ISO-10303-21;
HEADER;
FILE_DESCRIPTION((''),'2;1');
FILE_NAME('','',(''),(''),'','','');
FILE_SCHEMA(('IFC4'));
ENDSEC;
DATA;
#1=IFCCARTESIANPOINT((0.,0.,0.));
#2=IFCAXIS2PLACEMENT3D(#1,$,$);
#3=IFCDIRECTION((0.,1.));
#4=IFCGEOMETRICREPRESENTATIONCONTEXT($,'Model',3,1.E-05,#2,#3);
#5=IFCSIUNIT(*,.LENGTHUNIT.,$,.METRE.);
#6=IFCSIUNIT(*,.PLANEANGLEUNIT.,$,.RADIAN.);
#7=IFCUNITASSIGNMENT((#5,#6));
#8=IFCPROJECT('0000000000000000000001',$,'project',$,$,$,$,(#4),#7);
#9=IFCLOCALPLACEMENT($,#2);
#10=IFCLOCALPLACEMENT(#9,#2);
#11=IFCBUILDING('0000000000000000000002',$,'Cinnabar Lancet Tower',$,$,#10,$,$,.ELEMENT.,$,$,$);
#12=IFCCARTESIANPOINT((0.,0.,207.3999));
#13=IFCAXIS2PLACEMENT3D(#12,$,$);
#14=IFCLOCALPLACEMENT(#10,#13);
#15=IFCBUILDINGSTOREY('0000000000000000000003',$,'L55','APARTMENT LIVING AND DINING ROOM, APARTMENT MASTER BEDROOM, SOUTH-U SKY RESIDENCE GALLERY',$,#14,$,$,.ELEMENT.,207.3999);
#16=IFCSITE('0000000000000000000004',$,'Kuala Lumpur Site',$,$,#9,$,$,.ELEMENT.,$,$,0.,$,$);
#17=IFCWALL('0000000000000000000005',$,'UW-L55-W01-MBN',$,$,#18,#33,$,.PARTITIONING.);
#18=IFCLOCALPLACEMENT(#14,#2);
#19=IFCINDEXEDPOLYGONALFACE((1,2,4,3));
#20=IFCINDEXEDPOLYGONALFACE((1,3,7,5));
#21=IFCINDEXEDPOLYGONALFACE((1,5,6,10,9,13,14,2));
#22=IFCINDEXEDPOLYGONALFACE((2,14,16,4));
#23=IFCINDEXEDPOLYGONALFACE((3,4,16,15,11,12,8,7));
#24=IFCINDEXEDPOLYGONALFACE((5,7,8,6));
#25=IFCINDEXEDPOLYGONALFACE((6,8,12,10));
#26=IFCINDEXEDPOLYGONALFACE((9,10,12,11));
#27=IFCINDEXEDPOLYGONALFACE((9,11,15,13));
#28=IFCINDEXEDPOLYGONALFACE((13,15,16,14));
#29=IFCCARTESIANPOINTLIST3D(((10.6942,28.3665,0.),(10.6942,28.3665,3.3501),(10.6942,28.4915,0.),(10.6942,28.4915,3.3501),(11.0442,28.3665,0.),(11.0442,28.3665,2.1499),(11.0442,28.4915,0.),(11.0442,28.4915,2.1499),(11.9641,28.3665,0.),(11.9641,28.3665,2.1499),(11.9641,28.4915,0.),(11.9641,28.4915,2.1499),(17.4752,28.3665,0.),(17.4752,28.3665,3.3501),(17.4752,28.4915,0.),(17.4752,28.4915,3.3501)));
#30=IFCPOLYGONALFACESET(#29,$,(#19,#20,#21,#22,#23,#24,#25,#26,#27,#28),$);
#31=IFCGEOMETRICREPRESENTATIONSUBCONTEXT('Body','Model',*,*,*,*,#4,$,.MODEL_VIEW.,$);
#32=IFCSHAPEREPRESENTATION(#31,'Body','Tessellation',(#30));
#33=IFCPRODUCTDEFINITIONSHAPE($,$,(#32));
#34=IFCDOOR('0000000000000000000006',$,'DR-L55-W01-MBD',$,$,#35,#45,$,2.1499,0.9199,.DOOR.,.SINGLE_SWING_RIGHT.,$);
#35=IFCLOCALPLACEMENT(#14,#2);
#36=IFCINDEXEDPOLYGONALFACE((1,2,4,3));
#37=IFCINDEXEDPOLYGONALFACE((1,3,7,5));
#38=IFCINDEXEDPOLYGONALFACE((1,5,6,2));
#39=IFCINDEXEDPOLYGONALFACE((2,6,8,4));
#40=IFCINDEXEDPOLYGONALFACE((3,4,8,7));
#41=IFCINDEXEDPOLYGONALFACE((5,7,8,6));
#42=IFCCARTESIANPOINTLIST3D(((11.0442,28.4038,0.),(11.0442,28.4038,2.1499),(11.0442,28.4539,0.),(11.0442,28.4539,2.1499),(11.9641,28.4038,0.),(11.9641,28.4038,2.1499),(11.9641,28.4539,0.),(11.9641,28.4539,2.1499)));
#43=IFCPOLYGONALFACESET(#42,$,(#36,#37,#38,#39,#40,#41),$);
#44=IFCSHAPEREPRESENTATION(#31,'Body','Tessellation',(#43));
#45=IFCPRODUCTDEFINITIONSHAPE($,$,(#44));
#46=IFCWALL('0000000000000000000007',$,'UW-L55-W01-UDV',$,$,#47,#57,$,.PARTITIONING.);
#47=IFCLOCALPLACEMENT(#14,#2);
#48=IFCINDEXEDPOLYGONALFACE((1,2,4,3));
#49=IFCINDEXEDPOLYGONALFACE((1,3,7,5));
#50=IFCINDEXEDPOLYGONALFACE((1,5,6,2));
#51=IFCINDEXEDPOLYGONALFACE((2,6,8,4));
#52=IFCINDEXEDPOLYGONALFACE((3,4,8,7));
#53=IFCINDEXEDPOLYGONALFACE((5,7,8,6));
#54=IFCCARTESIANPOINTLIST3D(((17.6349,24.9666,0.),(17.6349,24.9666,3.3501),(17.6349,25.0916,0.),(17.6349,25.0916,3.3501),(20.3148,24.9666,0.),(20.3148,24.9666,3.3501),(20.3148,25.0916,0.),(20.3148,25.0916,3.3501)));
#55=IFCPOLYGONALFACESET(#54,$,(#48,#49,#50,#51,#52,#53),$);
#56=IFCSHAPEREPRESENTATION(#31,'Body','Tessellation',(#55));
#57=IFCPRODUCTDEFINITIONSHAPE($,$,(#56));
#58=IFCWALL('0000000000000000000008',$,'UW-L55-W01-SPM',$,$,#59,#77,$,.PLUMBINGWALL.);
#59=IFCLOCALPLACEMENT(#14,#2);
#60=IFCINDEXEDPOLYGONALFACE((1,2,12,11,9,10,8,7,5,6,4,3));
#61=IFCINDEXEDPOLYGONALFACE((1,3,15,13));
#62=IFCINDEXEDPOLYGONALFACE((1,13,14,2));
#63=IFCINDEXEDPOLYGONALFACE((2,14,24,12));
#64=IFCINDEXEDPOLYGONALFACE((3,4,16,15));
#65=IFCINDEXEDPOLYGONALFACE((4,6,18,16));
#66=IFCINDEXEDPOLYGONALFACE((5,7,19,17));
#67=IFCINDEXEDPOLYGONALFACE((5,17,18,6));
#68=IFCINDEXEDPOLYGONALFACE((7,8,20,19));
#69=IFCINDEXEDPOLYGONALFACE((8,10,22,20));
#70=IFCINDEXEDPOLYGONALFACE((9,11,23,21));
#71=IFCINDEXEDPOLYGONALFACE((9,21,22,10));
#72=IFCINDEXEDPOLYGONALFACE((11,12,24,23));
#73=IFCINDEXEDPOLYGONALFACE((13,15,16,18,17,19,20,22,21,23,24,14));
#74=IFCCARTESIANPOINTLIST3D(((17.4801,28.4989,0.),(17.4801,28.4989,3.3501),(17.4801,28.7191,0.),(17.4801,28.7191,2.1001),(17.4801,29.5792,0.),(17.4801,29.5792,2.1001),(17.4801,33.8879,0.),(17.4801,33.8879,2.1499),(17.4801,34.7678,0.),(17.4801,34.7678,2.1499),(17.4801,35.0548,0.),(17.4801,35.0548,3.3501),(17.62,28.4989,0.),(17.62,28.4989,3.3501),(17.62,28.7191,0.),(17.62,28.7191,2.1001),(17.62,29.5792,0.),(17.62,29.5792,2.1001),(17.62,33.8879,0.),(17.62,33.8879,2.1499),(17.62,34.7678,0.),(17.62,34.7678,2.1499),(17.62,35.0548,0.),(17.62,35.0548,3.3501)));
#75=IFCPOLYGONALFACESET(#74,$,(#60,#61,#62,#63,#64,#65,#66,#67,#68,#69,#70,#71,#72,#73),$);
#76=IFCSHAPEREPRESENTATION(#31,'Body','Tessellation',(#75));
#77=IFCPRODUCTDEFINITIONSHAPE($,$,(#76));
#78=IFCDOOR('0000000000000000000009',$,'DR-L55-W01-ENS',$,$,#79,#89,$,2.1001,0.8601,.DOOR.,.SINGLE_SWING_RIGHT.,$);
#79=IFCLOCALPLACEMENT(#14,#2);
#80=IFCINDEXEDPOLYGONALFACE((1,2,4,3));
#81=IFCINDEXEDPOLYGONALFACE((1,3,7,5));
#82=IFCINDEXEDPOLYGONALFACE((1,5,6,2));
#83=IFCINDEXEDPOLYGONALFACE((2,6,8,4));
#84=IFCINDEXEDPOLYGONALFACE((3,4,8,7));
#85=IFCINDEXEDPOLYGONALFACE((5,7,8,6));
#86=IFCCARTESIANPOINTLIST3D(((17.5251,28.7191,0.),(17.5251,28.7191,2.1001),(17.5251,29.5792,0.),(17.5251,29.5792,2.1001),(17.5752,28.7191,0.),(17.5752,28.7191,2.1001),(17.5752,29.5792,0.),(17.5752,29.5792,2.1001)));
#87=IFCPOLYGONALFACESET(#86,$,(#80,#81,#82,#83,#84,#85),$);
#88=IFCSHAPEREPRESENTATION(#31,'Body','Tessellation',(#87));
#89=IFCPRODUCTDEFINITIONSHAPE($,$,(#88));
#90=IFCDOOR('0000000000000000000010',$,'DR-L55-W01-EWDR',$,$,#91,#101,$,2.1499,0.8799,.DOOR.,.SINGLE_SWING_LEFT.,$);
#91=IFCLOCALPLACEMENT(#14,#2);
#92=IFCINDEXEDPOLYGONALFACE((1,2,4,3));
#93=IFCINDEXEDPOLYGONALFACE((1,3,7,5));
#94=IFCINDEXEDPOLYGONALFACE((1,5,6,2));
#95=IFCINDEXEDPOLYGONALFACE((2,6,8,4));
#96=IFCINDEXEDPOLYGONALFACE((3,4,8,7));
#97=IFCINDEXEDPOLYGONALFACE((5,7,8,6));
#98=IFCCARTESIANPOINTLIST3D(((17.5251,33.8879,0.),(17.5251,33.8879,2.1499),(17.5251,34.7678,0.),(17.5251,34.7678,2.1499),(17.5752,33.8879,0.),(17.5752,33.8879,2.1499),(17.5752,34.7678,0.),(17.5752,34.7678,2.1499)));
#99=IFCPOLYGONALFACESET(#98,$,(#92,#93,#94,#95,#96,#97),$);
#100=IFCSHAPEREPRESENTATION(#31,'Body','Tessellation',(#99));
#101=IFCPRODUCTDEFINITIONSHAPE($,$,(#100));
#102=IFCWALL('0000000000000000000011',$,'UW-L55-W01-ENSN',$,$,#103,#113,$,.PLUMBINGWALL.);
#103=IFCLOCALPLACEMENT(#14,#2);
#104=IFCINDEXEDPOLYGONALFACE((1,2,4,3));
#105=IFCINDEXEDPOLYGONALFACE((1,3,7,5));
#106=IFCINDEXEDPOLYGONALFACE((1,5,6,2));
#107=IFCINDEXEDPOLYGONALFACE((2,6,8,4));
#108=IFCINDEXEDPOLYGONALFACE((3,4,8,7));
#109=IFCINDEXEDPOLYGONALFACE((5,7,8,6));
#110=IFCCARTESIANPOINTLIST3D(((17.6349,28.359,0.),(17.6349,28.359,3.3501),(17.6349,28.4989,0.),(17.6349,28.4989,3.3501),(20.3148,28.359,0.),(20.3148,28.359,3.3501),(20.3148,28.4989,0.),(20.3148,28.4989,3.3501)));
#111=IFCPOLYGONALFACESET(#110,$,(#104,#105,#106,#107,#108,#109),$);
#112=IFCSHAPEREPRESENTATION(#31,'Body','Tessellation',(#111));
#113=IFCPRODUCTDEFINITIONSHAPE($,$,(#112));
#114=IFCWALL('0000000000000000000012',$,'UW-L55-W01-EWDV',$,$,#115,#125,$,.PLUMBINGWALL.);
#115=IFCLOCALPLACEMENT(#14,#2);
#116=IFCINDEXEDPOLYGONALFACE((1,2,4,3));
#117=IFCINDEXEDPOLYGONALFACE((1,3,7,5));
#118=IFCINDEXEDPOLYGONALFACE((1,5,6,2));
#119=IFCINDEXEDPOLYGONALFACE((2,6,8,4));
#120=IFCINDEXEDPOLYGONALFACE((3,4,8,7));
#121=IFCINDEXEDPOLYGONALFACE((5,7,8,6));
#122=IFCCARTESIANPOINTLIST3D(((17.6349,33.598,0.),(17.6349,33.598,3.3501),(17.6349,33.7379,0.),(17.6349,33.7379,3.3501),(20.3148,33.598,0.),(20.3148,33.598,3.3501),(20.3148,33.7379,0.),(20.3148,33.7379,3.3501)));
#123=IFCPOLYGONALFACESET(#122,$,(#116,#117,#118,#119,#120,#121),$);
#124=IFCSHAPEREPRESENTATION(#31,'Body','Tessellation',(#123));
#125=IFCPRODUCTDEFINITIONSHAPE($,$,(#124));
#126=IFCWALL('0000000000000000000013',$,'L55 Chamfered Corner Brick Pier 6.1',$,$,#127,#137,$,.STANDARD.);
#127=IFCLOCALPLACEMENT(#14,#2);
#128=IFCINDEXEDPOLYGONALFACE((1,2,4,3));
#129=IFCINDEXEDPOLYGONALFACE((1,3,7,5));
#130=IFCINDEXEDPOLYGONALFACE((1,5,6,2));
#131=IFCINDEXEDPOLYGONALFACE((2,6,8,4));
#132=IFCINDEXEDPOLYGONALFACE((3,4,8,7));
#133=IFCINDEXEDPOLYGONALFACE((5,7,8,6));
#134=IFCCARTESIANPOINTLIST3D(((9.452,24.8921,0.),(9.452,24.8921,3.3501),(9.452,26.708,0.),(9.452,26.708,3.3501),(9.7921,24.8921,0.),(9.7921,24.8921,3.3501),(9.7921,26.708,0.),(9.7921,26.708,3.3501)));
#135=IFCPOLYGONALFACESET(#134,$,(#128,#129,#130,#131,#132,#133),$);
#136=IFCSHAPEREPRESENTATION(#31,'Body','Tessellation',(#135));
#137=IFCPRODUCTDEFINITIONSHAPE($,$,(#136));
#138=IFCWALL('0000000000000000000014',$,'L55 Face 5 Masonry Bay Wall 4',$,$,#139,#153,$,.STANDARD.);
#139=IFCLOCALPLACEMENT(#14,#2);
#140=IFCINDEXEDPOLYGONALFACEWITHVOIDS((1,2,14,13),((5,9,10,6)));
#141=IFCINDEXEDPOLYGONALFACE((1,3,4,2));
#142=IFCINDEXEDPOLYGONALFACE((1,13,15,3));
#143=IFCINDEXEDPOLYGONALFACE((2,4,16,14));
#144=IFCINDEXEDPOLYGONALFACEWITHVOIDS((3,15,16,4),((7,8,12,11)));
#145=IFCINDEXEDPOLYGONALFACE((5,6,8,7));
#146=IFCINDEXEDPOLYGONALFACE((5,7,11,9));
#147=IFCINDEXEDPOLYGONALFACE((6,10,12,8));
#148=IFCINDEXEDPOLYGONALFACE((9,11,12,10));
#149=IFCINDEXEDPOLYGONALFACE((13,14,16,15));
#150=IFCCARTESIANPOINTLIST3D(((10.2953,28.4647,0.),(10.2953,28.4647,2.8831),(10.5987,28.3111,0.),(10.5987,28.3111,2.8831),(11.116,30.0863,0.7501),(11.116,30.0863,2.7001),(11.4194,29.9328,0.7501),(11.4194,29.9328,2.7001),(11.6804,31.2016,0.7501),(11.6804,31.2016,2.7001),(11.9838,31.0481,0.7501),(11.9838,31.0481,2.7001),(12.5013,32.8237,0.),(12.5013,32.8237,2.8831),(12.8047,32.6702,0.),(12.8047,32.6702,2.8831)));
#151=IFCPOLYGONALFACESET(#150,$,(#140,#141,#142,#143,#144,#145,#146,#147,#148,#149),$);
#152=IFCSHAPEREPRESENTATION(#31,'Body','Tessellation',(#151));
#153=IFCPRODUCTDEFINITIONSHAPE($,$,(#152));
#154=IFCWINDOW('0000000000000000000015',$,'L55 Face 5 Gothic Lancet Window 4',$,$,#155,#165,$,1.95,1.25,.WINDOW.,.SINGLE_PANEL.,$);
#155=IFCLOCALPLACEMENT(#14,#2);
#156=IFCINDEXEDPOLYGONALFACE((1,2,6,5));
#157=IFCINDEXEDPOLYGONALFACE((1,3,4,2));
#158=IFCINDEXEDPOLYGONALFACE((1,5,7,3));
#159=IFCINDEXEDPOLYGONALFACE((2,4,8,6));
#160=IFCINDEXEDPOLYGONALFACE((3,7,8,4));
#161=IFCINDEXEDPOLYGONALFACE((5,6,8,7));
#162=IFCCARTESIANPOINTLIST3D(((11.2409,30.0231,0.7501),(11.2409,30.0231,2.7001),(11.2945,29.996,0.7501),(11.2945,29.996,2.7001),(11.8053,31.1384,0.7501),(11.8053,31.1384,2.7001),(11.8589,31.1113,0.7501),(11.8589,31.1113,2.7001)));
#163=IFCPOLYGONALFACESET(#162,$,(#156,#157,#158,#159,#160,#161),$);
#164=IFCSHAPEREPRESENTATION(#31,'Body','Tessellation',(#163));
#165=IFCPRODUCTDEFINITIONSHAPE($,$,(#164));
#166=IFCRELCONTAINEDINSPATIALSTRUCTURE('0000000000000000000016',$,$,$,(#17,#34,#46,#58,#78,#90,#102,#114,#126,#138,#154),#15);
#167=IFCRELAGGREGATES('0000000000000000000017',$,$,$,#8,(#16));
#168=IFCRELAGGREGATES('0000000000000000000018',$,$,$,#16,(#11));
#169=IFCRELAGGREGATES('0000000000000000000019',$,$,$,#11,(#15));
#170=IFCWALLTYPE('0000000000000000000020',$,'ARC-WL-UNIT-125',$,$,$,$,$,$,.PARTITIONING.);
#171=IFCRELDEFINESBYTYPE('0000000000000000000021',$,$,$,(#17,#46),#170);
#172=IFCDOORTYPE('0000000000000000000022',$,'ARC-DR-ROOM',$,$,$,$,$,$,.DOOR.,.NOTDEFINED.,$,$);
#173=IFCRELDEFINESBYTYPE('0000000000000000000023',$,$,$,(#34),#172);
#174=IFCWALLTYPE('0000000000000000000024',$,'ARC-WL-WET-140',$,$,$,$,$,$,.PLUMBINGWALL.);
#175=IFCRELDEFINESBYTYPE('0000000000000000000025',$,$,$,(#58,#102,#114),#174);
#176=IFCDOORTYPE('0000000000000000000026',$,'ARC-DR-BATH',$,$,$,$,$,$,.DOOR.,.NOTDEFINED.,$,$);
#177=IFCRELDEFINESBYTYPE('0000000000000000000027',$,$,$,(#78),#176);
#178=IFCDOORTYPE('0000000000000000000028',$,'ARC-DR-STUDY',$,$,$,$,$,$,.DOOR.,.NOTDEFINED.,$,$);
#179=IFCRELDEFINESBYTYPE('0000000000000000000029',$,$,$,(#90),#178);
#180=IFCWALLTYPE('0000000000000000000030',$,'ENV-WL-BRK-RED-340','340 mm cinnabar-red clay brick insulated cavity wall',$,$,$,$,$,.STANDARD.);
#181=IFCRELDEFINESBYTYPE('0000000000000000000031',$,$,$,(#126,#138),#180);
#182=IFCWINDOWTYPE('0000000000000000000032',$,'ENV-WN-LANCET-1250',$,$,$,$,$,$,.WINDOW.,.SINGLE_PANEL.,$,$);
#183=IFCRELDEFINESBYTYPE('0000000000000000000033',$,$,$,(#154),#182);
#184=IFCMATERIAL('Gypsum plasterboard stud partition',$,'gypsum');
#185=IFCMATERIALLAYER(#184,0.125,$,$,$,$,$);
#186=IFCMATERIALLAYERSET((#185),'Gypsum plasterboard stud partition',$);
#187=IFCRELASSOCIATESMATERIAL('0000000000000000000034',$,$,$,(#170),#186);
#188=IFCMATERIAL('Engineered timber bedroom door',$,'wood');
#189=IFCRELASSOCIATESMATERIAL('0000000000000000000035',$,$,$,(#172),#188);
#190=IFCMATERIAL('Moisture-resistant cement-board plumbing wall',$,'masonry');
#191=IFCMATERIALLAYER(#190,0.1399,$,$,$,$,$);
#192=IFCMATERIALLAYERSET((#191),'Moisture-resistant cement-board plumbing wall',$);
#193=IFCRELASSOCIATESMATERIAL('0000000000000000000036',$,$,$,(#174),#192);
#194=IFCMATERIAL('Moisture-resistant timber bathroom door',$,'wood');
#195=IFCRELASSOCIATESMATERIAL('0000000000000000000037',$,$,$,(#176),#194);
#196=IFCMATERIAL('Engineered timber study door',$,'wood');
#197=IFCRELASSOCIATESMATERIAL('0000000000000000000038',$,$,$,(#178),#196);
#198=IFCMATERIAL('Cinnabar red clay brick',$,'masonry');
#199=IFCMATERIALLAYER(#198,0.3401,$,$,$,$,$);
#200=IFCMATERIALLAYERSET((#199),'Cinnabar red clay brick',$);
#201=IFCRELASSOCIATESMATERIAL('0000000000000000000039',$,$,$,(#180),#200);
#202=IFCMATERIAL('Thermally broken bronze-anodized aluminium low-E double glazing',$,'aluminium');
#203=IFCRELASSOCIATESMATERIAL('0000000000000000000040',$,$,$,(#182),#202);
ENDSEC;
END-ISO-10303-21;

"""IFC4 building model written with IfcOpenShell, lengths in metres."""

from ifc_helpers import new_model, si_unit, direction, frame, frame_2d, origin, place, context, subcontext, project, spatial, rectangle, extrude, material, layer, layer_set, type_object, element, fill, save


model = new_model("IFC4")

# Units and contexts
model_context = context("Model", 3, precision=1e-05, world=origin(), true_north=direction((0.0, 1.0)))
body_context = subcontext(model_context, "Body", "Model", "MODEL_VIEW")
ifc_project = project(units=[si_unit("LENGTHUNIT", "METRE"), si_unit("PLANEANGLEUNIT", "RADIAN")], contexts=[model_context])

# Site, building, storey
site_placement = place(None, origin())
site = spatial("IfcSite", under=ifc_project, at=site_placement, Name="Kuala Lumpur Site", CompositionType="ELEMENT", RefElevation=0.0)
building_placement = place(site_placement, origin())
building = spatial("IfcBuilding", under=site, at=building_placement, Name="Cinnabar Lancet Tower", CompositionType="ELEMENT")
storey_placement = place(building_placement, frame((0.0, 0.0, 207.3999)))
storey = spatial("IfcBuildingStorey", under=building, at=storey_placement, Name="L55", Description="APARTMENT LIVING AND DINING ROOM, APARTMENT MASTER BEDROOM, SOUTH-U SKY RESIDENCE GALLERY", CompositionType="ELEMENT", Elevation=207.3999)

# Wall, opening, door
ifc_material_1 = material(Name="Gypsum plasterboard stud partition", Category="gypsum")
ifc_layer_1 = layer(ifc_material_1, 0.125)
ifc_layer_set_1 = layer_set([ifc_layer_1], Name="Gypsum plasterboard stud partition")
wall_type_1 = type_object("IfcWallType", Name="ARC-WL-UNIT-125", PredefinedType="PARTITIONING", material=ifc_layer_set_1)
wall_1_placement = place(storey_placement, frame((10.6941, 28.429, 0.0), z_axis=(0.0, 0.0, 1.0), x_axis=(1.0, 0.0, 0.0)))
wall_1 = element("IfcWall", 1, at=wall_1_placement, inside=storey, type_object=wall_type_1, Name="UW-L55-W01-MBN", PredefinedType="PARTITIONING", context=body_context, shape_type="SweptSolid", body=[
    extrude(rectangle(XDim=6.781, YDim=0.125, at=frame_2d((3.3906, 0.0))), origin(), (0.0, 0.0, 1.0), 3.3501),
])
opening_1_placement = place(wall_1_placement, frame((0.3501, 0.0, 0.0)))
opening_1 = element("IfcOpeningElement", 2, at=opening_1_placement, cuts=wall_1, PredefinedType="OPENING", context=body_context, shape_type="SweptSolid", body=[
    extrude(rectangle(XDim=0.9199, YDim=2.1499, at=frame_2d((0.46, 1.075))), frame((0.0, 0.0725, 0.0), z_axis=(0.0, -1.0, 0.0), x_axis=(1.0, 0.0, 0.0)), (0.0, 0.0, 1.0), 0.145),
])
ifc_material_2 = material(Name="Engineered timber bedroom door", Category="wood")
door_type_1 = type_object("IfcDoorType", Name="ARC-DR-ROOM", OperationType="NOTDEFINED", PredefinedType="DOOR", material=ifc_material_2)
door_1_placement = place(opening_1_placement, origin())
door_1 = element("IfcDoor", 3, at=door_1_placement, inside=storey, type_object=door_type_1, Name="DR-L55-W01-MBD", OperationType="SINGLE_SWING_RIGHT", OverallHeight=2.1499, OverallWidth=0.9199, PredefinedType="DOOR", context=body_context, shape_type="SweptSolid", body=[
    extrude(rectangle(XDim=0.9199, YDim=2.1499, at=frame_2d((0.46, 1.075))), frame((0.0, 0.0249, 0.0), z_axis=(0.0, -1.0, 0.0), x_axis=(1.0, 0.0, 0.0)), (0.0, 0.0, 1.0), 0.05),
])
fill(opening_1, door_1)

# Wall
wall_2_placement = place(storey_placement, frame((17.635, 25.0291, 0.0), z_axis=(0.0, 0.0, 1.0), x_axis=(1.0, 0.0, 0.0)))
element("IfcWall", 4, at=wall_2_placement, inside=storey, type_object=wall_type_1, Name="UW-L55-W01-UDV", PredefinedType="PARTITIONING", context=body_context, shape_type="SweptSolid", body=[
    extrude(rectangle(XDim=2.6799, YDim=0.125, at=frame_2d((1.3398, 0.0))), origin(), (0.0, 0.0, 1.0), 3.3501),
])

# Wall, openings, doors
ifc_material_3 = material(Name="Moisture-resistant cement-board plumbing wall", Category="masonry")
ifc_layer_2 = layer(ifc_material_3, 0.1399)
ifc_layer_set_2 = layer_set([ifc_layer_2], Name="Moisture-resistant cement-board plumbing wall")
wall_type_2 = type_object("IfcWallType", Name="ARC-WL-WET-140", PredefinedType="PLUMBINGWALL", material=ifc_layer_set_2)
wall_3_placement = place(storey_placement, frame((17.55, 28.499, 0.0), z_axis=(0.0, 0.0, 1.0), x_axis=(0.0, 1.0, 0.0)))
wall_3 = element("IfcWall", 5, at=wall_3_placement, inside=storey, type_object=wall_type_2, Name="UW-L55-W01-SPM", PredefinedType="PLUMBINGWALL", context=body_context, shape_type="SweptSolid", body=[
    extrude(rectangle(XDim=6.5559, YDim=0.1399, at=frame_2d((3.2778, 0.0))), origin(), (0.0, 0.0, 1.0), 3.3501),
])
opening_2_placement = place(wall_3_placement, frame((0.22, 0.0, 0.0)))
opening_2 = element("IfcOpeningElement", 6, at=opening_2_placement, cuts=wall_3, PredefinedType="OPENING", context=body_context, shape_type="SweptSolid", body=[
    extrude(rectangle(XDim=0.8601, YDim=2.1001, at=frame_2d((0.4302, 1.05))), frame((0.0, 0.0798, 0.0), z_axis=(0.0, -1.0, 0.0), x_axis=(1.0, 0.0, 0.0)), (0.0, 0.0, 1.0), 0.1599),
])
opening_3_placement = place(wall_3_placement, frame((5.3889, 0.0, 0.0)))
opening_3 = element("IfcOpeningElement", 7, at=opening_3_placement, cuts=wall_3, PredefinedType="OPENING", context=body_context, shape_type="SweptSolid", body=[
    extrude(rectangle(XDim=0.8799, YDim=2.1499, at=frame_2d((0.4399, 1.075))), frame((0.0, 0.0798, 0.0), z_axis=(0.0, -1.0, 0.0), x_axis=(1.0, 0.0, 0.0)), (0.0, 0.0, 1.0), 0.1599),
])
ifc_material_4 = material(Name="Moisture-resistant timber bathroom door", Category="wood")
door_type_2 = type_object("IfcDoorType", Name="ARC-DR-BATH", OperationType="NOTDEFINED", PredefinedType="DOOR", material=ifc_material_4)
door_2_placement = place(opening_2_placement, origin())
door_2 = element("IfcDoor", 8, at=door_2_placement, inside=storey, type_object=door_type_2, Name="DR-L55-W01-ENS", OperationType="SINGLE_SWING_RIGHT", OverallHeight=2.1001, OverallWidth=0.8601, PredefinedType="DOOR", context=body_context, shape_type="SweptSolid", body=[
    extrude(rectangle(XDim=0.8601, YDim=2.1001, at=frame_2d((0.4302, 1.05))), frame((0.0, 0.0249, 0.0), z_axis=(0.0, -1.0, 0.0), x_axis=(1.0, 0.0, 0.0)), (0.0, 0.0, 1.0), 0.05),
])
fill(opening_2, door_2)
ifc_material_5 = material(Name="Engineered timber study door", Category="wood")
door_type_3 = type_object("IfcDoorType", Name="ARC-DR-STUDY", OperationType="NOTDEFINED", PredefinedType="DOOR", material=ifc_material_5)
door_3_placement = place(opening_3_placement, origin())
door_3 = element("IfcDoor", 9, at=door_3_placement, inside=storey, type_object=door_type_3, Name="DR-L55-W01-EWDR", OperationType="SINGLE_SWING_LEFT", OverallHeight=2.1499, OverallWidth=0.8799, PredefinedType="DOOR", context=body_context, shape_type="SweptSolid", body=[
    extrude(rectangle(XDim=0.8799, YDim=2.1499, at=frame_2d((0.4399, 1.075))), frame((0.0, 0.0249, 0.0), z_axis=(0.0, -1.0, 0.0), x_axis=(1.0, 0.0, 0.0)), (0.0, 0.0, 1.0), 0.05),
])
fill(opening_3, door_3)

# Walls
for number, where, z_axis, x_axis, name in (
    (10, (17.635, 28.429, 0.0), (0.0, 0.0, 1.0), (1.0, 0.0, 0.0), "UW-L55-W01-ENSN"),
    (11, (17.635, 33.668, 0.0), (0.0, 0.0, 1.0), (1.0, 0.0, 0.0), "UW-L55-W01-EWDV"),
):
    element("IfcWall", number, at=place(storey_placement, frame(where, z_axis=z_axis, x_axis=x_axis)), inside=storey, type_object=wall_type_2, Name=name, PredefinedType="PLUMBINGWALL", context=body_context, shape_type="SweptSolid", body=[
        extrude(rectangle(XDim=2.6799, YDim=0.1399, at=frame_2d((1.3398, 0.0))), origin(), (0.0, 0.0, 1.0), 3.3501),
    ])
ifc_material_6 = material(Name="Cinnabar red clay brick", Category="masonry")
ifc_layer_3 = layer(ifc_material_6, 0.3401)
ifc_layer_set_3 = layer_set([ifc_layer_3], Name="Cinnabar red clay brick")
wall_type_3 = type_object("IfcWallType", Name="ENV-WL-BRK-RED-340", Description="340 mm cinnabar-red clay brick insulated cavity wall", PredefinedType="STANDARD", material=ifc_layer_set_3)
wall_4_placement = place(storey_placement, frame((9.6221, 26.708, 0.0), z_axis=(0.0, 0.0, 1.0), x_axis=(0.0, -1.0, 0.0)))
element("IfcWall", 12, at=wall_4_placement, inside=storey, type_object=wall_type_3, Name="L55 Chamfered Corner Brick Pier 6.1", PredefinedType="STANDARD", context=body_context, shape_type="SweptSolid", body=[
    extrude(rectangle(XDim=1.8159, YDim=0.3401, at=frame_2d((0.908, 0.0))), origin(), (0.0, 0.0, 1.0), 3.3501),
])

# Wall, opening, window
wall_5_placement = place(storey_placement, frame((12.6531, 32.7471, 0.0), z_axis=(0.0, 0.0, 1.0), x_axis=(-0.451546, -0.892248, 0.0)))
wall_5 = element("IfcWall", 13, at=wall_5_placement, inside=storey, type_object=wall_type_3, Name="L55 Face 5 Masonry Bay Wall 4", PredefinedType="STANDARD", context=body_context, shape_type="SweptSolid", body=[
    extrude(rectangle(XDim=4.8855, YDim=0.3401, at=frame_2d((2.4429, 0.0))), origin(), (0.0, 0.0, 1.0), 2.8831),
])
opening_4_placement = place(wall_5_placement, frame((1.8181, 0.0, 0.75)))
opening_4 = element("IfcOpeningElement", 14, at=opening_4_placement, cuts=wall_5, PredefinedType="OPENING", context=body_context, shape_type="SweptSolid", body=[
    extrude(rectangle(XDim=1.25, YDim=1.95, at=frame_2d((0.625, 0.9751))), frame((0.0, 0.1799, 0.0), z_axis=(0.0, -1.0, 0.0), x_axis=(1.0, 0.0, 0.0)), (0.0, 0.0, 1.0), 0.3601),
])
ifc_material_7 = material(Name="Thermally broken bronze-anodized aluminium low-E double glazing", Category="aluminium")
window_type = type_object("IfcWindowType", Name="ENV-WN-LANCET-1250", PartitioningType="SINGLE_PANEL", PredefinedType="WINDOW", material=ifc_material_7)
window_placement = place(opening_4_placement, origin())
window = element("IfcWindow", 15, at=window_placement, inside=storey, type_object=window_type, Name="L55 Face 5 Gothic Lancet Window 4", OverallHeight=1.95, OverallWidth=1.25, PartitioningType="SINGLE_PANEL", PredefinedType="WINDOW", context=body_context, shape_type="SweptSolid", body=[
    extrude(rectangle(XDim=1.25, YDim=1.95, at=frame_2d((0.625, 0.9751))), frame((0.0, 0.03, 0.0), z_axis=(0.0, -1.0, 0.0), x_axis=(1.0, 0.0, 0.0)), (0.0, 0.0, 1.0), 0.0601),
])
fill(opening_4, window)

save(model, "model.ifc")
